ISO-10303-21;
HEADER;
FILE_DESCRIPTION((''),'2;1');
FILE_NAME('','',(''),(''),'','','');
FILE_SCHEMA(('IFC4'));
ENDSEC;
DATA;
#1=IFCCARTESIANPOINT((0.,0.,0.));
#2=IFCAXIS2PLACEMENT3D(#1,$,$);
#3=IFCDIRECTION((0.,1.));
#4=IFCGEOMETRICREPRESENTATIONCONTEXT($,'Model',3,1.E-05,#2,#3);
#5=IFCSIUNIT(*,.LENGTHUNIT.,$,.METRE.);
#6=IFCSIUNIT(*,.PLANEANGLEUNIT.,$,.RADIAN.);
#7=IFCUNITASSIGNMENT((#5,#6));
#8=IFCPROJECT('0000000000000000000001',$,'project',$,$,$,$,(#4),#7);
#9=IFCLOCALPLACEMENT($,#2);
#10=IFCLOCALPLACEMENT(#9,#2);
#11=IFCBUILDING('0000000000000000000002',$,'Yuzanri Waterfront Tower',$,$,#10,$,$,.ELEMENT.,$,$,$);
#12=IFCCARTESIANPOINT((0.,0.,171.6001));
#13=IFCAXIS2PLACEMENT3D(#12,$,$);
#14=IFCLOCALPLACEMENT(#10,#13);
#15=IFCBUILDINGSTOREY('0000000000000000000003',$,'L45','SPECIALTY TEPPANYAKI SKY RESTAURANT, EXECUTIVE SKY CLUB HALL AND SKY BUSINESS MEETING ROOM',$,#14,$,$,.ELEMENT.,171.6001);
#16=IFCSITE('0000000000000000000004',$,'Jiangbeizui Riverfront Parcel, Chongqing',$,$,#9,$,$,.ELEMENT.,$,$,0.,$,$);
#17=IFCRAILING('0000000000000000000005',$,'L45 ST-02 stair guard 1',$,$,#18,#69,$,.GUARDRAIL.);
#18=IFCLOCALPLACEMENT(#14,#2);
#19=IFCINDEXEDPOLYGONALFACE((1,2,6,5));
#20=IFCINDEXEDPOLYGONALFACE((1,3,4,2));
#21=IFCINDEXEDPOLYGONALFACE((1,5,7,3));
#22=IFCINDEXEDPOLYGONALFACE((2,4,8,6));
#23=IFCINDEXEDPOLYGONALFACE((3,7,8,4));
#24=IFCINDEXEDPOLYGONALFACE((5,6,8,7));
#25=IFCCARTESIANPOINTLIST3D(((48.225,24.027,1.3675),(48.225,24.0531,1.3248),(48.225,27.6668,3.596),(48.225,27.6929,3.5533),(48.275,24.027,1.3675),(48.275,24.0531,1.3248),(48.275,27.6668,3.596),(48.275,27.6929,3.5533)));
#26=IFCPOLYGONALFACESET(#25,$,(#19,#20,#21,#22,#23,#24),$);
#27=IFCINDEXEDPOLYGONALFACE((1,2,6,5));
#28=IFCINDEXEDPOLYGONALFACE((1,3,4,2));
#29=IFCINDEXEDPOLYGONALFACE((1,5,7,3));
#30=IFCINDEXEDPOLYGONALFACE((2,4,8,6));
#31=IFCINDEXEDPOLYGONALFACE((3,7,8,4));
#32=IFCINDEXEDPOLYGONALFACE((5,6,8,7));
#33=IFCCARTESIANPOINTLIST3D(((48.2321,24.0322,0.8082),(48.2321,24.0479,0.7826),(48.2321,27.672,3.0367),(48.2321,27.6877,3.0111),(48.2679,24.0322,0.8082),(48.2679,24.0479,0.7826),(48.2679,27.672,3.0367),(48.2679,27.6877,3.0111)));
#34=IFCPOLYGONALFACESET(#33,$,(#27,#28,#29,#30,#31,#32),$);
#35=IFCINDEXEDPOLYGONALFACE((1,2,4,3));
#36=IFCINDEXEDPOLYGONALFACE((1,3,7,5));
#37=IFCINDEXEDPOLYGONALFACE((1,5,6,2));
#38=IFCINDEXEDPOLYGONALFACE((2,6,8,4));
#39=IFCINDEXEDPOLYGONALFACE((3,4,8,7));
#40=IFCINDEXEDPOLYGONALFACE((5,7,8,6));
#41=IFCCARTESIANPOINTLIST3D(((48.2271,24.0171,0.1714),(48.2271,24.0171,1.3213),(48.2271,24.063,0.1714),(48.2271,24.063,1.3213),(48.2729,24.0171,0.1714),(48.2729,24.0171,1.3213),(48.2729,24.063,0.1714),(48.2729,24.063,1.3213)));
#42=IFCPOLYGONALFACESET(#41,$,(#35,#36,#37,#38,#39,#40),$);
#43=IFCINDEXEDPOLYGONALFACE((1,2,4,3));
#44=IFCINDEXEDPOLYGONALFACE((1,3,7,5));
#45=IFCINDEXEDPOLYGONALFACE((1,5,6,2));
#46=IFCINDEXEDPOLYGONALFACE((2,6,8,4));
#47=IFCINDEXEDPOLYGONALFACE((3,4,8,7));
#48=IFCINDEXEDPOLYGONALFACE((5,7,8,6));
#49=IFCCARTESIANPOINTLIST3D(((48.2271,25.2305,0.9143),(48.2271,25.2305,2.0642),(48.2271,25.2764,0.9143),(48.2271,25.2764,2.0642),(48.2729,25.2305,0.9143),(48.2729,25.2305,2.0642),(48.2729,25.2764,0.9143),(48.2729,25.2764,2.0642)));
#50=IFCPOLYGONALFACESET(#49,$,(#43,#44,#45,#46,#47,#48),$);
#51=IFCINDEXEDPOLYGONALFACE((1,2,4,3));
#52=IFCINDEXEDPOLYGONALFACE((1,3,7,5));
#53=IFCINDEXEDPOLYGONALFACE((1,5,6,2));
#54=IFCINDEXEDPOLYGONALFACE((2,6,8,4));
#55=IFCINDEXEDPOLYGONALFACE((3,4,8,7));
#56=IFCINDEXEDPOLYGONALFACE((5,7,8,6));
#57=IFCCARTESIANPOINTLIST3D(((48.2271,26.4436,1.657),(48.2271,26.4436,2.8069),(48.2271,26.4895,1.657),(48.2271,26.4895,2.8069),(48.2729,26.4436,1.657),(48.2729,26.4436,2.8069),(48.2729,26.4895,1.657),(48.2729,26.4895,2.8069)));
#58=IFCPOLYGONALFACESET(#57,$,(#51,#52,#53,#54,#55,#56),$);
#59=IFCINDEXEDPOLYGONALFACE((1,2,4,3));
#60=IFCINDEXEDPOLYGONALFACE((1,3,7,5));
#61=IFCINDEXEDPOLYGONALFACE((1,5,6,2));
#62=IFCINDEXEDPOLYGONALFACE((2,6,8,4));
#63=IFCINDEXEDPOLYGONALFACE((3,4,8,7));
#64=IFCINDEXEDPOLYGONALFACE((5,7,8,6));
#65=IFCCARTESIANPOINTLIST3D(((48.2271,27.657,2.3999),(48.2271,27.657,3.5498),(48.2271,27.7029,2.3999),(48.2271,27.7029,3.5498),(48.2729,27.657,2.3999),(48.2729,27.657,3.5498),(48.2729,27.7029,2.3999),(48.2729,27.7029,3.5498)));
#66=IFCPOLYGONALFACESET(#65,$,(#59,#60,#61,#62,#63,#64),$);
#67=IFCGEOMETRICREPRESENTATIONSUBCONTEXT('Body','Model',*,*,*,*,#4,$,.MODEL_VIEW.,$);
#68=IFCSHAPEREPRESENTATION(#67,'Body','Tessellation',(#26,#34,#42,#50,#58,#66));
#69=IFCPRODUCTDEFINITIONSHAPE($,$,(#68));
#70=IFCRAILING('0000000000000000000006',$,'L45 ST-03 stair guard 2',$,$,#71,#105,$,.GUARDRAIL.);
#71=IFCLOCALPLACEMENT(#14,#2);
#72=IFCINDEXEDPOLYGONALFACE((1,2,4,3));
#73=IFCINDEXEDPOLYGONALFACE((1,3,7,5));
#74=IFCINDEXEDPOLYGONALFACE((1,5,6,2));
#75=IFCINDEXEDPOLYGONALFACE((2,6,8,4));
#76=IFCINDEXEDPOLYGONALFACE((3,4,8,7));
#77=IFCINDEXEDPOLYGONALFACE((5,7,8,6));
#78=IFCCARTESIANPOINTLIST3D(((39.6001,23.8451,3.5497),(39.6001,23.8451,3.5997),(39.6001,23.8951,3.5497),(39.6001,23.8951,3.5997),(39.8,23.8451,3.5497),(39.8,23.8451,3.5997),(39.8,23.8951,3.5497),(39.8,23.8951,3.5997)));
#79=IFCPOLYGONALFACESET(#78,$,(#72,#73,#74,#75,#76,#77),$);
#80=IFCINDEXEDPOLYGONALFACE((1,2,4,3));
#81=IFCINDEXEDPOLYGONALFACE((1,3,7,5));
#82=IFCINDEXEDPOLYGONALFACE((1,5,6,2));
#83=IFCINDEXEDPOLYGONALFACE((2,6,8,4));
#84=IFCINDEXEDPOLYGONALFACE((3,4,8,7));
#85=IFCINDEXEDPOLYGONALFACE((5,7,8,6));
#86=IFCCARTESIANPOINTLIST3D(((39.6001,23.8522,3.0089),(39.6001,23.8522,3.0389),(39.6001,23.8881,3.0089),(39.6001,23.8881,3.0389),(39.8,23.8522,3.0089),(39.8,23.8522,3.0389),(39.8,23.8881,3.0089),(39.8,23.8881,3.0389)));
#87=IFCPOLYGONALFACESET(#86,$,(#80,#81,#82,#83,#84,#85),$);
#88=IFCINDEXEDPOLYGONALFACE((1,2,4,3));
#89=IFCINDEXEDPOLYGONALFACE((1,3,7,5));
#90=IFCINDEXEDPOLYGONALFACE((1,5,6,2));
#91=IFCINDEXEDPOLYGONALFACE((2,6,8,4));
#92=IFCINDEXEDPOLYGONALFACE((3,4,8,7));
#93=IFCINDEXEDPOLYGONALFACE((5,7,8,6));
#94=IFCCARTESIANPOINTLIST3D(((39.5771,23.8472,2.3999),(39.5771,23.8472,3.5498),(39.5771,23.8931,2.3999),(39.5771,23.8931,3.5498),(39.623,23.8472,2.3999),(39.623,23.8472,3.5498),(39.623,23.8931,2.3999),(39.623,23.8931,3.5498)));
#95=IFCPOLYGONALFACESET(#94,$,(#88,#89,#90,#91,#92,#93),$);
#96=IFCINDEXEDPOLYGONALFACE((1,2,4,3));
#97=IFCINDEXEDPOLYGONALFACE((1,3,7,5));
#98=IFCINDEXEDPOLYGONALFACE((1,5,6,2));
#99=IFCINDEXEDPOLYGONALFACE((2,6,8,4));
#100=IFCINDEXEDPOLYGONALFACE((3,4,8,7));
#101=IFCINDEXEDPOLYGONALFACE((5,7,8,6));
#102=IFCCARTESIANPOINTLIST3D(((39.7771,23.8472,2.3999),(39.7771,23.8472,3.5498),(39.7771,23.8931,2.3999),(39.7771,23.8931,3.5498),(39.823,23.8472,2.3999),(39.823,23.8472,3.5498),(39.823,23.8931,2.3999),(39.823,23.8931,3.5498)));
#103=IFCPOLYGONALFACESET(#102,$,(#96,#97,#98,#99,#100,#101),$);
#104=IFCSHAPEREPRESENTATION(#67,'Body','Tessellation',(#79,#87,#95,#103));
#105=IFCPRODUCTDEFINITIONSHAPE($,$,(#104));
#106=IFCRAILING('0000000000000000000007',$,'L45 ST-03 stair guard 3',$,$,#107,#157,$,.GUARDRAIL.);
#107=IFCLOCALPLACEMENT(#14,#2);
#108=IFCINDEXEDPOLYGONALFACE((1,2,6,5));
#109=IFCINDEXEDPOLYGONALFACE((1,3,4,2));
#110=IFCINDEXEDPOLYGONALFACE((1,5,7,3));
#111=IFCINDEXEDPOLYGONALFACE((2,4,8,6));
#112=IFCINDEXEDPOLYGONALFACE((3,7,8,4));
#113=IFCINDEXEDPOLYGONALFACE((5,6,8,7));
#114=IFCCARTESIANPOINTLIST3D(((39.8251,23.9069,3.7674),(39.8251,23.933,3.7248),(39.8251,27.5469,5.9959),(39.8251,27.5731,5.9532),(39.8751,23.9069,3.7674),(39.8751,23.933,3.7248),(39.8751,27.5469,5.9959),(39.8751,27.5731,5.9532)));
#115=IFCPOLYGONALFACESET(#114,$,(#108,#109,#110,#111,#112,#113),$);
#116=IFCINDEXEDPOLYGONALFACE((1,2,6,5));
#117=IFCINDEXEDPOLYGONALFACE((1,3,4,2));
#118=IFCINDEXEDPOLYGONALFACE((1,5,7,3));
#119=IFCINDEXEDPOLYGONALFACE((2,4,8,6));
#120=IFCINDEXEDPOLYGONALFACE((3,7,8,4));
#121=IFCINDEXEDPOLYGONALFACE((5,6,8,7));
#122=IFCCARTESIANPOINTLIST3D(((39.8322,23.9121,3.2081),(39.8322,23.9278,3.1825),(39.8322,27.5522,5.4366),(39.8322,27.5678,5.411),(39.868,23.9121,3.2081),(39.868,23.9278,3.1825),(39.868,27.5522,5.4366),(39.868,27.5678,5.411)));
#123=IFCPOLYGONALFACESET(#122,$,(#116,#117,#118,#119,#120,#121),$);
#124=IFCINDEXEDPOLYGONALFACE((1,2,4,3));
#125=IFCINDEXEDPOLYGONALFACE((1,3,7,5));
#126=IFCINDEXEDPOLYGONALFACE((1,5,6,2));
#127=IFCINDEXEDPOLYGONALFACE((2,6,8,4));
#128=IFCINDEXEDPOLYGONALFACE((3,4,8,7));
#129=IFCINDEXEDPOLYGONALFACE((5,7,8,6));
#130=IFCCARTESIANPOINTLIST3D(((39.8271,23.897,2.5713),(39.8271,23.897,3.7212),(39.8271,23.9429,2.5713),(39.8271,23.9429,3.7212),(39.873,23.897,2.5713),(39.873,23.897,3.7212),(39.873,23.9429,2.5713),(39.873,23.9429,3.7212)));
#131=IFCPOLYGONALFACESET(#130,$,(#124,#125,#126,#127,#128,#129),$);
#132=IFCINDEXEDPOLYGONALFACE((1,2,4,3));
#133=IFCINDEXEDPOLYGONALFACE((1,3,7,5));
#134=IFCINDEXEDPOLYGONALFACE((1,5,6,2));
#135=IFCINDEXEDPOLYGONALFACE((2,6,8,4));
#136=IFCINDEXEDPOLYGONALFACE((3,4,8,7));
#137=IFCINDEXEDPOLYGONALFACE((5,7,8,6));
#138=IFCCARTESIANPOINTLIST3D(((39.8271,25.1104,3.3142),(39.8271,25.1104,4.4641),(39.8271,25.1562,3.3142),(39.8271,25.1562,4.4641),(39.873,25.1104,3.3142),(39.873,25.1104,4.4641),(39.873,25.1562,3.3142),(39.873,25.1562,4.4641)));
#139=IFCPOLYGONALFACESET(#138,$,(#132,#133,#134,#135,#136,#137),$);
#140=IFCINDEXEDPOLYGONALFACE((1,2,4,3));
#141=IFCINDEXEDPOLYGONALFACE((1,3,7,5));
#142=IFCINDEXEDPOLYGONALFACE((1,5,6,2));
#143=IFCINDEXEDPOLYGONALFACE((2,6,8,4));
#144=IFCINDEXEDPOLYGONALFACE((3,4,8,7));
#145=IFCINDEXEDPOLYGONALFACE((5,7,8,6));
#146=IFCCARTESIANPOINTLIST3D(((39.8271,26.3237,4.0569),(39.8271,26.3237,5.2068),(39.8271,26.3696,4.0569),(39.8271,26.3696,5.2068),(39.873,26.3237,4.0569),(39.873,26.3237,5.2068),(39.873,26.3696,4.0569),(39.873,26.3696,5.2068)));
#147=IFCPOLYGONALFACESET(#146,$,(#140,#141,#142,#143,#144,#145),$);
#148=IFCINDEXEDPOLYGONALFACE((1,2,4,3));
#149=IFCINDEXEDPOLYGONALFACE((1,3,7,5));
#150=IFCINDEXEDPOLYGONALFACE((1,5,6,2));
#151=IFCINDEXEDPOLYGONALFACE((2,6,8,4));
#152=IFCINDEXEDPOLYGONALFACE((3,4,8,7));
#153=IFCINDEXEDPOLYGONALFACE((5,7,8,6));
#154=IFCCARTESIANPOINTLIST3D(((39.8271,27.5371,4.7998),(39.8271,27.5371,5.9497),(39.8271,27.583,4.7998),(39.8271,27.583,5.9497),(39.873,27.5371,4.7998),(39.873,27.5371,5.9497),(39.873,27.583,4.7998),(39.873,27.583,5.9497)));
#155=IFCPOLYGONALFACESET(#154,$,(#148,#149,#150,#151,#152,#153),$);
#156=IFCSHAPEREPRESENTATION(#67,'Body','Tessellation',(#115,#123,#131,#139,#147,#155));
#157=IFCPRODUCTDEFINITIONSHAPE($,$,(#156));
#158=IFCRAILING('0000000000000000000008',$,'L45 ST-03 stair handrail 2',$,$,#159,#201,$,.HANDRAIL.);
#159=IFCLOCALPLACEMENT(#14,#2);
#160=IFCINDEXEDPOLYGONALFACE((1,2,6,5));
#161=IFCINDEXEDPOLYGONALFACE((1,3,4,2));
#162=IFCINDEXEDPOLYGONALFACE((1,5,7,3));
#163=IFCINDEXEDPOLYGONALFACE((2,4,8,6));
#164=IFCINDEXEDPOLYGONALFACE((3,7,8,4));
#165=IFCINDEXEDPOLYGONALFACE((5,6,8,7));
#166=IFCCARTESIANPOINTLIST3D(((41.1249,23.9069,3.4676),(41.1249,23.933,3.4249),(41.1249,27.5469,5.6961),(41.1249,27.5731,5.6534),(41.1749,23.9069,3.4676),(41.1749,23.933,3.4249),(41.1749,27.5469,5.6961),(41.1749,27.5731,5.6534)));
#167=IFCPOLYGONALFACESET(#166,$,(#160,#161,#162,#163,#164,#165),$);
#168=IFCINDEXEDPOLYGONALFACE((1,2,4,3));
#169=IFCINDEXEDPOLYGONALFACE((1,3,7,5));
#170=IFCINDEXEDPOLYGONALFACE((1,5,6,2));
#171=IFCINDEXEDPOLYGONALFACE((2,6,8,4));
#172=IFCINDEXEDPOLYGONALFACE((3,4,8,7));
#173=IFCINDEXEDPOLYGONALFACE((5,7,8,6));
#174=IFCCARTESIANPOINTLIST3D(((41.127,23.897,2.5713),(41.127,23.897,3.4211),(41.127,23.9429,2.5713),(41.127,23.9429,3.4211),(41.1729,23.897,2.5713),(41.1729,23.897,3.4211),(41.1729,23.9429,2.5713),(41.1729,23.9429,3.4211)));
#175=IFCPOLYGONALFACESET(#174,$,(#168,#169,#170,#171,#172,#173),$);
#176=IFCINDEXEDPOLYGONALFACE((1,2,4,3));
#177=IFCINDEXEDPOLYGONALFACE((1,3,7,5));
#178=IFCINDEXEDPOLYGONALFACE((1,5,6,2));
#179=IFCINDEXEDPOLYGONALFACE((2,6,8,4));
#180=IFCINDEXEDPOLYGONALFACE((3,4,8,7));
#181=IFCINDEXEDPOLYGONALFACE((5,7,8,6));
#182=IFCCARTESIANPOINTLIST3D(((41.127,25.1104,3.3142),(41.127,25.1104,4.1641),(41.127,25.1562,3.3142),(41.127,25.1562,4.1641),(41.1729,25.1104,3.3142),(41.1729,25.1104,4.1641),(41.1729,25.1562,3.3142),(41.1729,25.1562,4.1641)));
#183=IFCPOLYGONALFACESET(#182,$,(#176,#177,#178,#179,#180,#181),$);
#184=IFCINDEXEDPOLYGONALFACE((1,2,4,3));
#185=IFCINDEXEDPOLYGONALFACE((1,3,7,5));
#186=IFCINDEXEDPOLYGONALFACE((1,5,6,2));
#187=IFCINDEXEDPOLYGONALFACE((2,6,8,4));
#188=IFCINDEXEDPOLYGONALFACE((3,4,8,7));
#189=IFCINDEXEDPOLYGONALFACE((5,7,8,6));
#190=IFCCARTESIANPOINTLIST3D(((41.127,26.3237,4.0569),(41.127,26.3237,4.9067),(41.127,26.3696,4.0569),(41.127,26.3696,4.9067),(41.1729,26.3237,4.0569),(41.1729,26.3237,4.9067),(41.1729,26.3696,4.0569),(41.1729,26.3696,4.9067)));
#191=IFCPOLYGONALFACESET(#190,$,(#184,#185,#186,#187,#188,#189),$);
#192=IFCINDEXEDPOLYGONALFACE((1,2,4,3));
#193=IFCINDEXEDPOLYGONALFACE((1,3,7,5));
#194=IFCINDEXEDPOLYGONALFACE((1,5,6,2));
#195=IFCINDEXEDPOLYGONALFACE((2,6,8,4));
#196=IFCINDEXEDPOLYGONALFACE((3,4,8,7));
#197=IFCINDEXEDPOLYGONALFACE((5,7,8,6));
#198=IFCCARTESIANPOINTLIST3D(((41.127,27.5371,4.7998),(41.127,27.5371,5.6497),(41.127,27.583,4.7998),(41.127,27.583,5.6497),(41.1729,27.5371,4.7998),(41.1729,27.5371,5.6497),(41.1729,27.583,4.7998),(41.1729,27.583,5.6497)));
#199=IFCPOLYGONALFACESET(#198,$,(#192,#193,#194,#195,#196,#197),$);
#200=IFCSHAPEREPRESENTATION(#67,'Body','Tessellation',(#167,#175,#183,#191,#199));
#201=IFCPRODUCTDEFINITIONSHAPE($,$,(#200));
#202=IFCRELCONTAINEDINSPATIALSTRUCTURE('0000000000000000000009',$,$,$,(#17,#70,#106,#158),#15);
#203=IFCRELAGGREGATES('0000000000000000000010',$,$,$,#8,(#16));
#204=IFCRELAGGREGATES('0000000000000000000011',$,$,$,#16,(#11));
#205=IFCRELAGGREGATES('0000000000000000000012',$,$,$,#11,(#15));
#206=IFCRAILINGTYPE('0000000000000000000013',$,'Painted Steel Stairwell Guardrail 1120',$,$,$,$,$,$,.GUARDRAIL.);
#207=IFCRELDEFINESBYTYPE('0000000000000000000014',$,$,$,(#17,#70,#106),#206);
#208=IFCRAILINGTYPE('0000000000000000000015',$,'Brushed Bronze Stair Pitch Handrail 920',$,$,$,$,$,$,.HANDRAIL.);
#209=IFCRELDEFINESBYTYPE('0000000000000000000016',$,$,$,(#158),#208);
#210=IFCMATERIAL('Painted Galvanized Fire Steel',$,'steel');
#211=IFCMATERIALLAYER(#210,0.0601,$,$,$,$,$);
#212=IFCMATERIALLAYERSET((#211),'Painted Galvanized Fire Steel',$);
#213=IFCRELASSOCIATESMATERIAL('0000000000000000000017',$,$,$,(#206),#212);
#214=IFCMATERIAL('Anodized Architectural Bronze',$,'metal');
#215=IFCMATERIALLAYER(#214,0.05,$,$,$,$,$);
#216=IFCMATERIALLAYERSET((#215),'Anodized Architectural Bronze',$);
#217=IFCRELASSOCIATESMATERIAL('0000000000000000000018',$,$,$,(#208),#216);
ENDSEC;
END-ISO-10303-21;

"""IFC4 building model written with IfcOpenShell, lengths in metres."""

from ifc_helpers import new_model, si_unit, direction, frame, origin, origin_2d, place, context, subcontext, project, spatial, rectangle, extrude, source, transform, mapped, material, layer, layer_set, type_object, element, save


model = new_model("IFC4")

# Units and contexts
model_context = context("Model", 3, precision=1e-05, world=origin(), true_north=direction((0.0, 1.0)))
body_context = subcontext(model_context, "Body", "Model", "MODEL_VIEW")
ifc_project = project(units=[si_unit("LENGTHUNIT", "METRE"), si_unit("PLANEANGLEUNIT", "RADIAN")], contexts=[model_context])

# Site, building, storey
site_placement = place(None, origin())
site = spatial("IfcSite", under=ifc_project, at=site_placement, Name="Jiangbeizui Riverfront Parcel, Chongqing", CompositionType="ELEMENT", RefElevation=0.0)
building_placement = place(site_placement, origin())
building = spatial("IfcBuilding", under=site, at=building_placement, Name="Yuzanri Waterfront Tower", CompositionType="ELEMENT")
storey_placement = place(building_placement, frame((0.0, 0.0, 171.6001)))
storey = spatial("IfcBuildingStorey", under=building, at=storey_placement, Name="L45", Description="SPECIALTY TEPPANYAKI SKY RESTAURANT, EXECUTIVE SKY CLUB HALL AND SKY BUSINESS MEETING ROOM", CompositionType="ELEMENT", Elevation=171.6001)

# Railings
ifc_material_1 = material(Name="Painted Galvanized Fire Steel", Category="steel")
ifc_layer_1 = layer(ifc_material_1, 0.0601)
ifc_layer_set_1 = layer_set([ifc_layer_1], Name="Painted Galvanized Fire Steel")
railing_type_1 = type_object("IfcRailingType", Name="Painted Steel Stairwell Guardrail 1120", PredefinedType="GUARDRAIL", material=ifc_layer_set_1)
shared_shape_1 = source(origin(), body_context, "Body", "SweptSolid", [
    extrude(rectangle(XDim=0.05, YDim=0.05, at=origin_2d()), frame((0.0, 0.0, 1.1748), z_axis=(0.0, 0.85285, 0.522156), x_axis=(-1.0, 0.0, 0.0)), (0.0, 0.0, 1.0), 4.2678),
    extrude(rectangle(XDim=0.0359, YDim=0.03, at=origin_2d()), frame((0.0, 0.0, 0.624), z_axis=(0.0, 0.85285, 0.522156), x_axis=(-1.0, 0.0, 0.0)), (0.0, 0.0, 1.0), 4.2678),
    extrude(rectangle(XDim=0.0459, YDim=0.0459, at=origin_2d()), origin(), (0.0, 0.0, 1.0), 1.1499),
    extrude(rectangle(XDim=0.0459, YDim=0.0459, at=origin_2d()), frame((0.0, 1.2134, 0.7429)), (0.0, 0.0, 1.0), 1.1499),
    extrude(rectangle(XDim=0.0459, YDim=0.0459, at=origin_2d()), frame((0.0, 2.4265, 1.4856)), (0.0, 0.0, 1.0), 1.1499),
    extrude(rectangle(XDim=0.0459, YDim=0.0459, at=origin_2d()), frame((0.0, 3.6399, 2.2285)), (0.0, 0.0, 1.0), 1.1499),
])
railing_1_placement = place(storey_placement, frame((48.25, 24.04, 0.1714)))
element("IfcRailing", 1, at=railing_1_placement, inside=storey, type_object=railing_type_1, Name="L45 ST-02 stair guard 1", PredefinedType="GUARDRAIL", context=body_context, shape_type="MappedRepresentation", body=[
    mapped(shared_shape_1, transform((0.0, 0.0, 0.0), scale=1.0)),
])
shared_shape_2 = source(origin(), body_context, "Body", "SweptSolid", [
    extrude(rectangle(XDim=0.05, YDim=0.05, at=origin_2d()), frame((0.0, 0.0, 1.1748), z_axis=(1.0, 0.0, 0.0), x_axis=(0.0, 1.0, 0.0)), (0.0, 0.0, 1.0), 0.2),
    extrude(rectangle(XDim=0.0359, YDim=0.03, at=origin_2d()), frame((0.0, 0.0, 0.624), z_axis=(1.0, 0.0, 0.0), x_axis=(0.0, 1.0, 0.0)), (0.0, 0.0, 1.0), 0.2),
    extrude(rectangle(XDim=0.0459, YDim=0.0459, at=origin_2d()), origin(), (0.0, 0.0, 1.0), 1.1499),
    extrude(rectangle(XDim=0.0459, YDim=0.0459, at=origin_2d()), frame((0.2, 0.0, 0.0)), (0.0, 0.0, 1.0), 1.1499),
])
railing_2_placement = place(storey_placement, frame((39.6001, 23.8701, 2.3999)))
element("IfcRailing", 2, at=railing_2_placement, inside=storey, type_object=railing_type_1, Name="L45 ST-03 stair guard 2", PredefinedType="GUARDRAIL", context=body_context, shape_type="MappedRepresentation", body=[
    mapped(shared_shape_2, transform((0.0, 0.0, 0.0), scale=1.0)),
])
shared_shape_3 = source(origin(), body_context, "Body", "SweptSolid", [
    extrude(rectangle(XDim=0.05, YDim=0.05, at=origin_2d()), frame((0.0, 0.0, 1.1748), z_axis=(0.0, 0.852866, 0.52213), x_axis=(-1.0, 0.0, 0.0)), (0.0, 0.0, 1.0), 4.2681),
    extrude(rectangle(XDim=0.0359, YDim=0.03, at=origin_2d()), frame((0.0, 0.0, 0.624), z_axis=(0.0, 0.852866, 0.52213), x_axis=(-1.0, 0.0, 0.0)), (0.0, 0.0, 1.0), 4.2681),
    extrude(rectangle(XDim=0.0459, YDim=0.0459, at=origin_2d()), origin(), (0.0, 0.0, 1.0), 1.1499),
    extrude(rectangle(XDim=0.0459, YDim=0.0459, at=origin_2d()), frame((0.0, 1.2134, 0.7429)), (0.0, 0.0, 1.0), 1.1499),
    extrude(rectangle(XDim=0.0459, YDim=0.0459, at=origin_2d()), frame((0.0, 2.4268, 1.4856)), (0.0, 0.0, 1.0), 1.1499),
    extrude(rectangle(XDim=0.0459, YDim=0.0459, at=origin_2d()), frame((0.0, 3.6401, 2.2285)), (0.0, 0.0, 1.0), 1.1499),
])
railing_3_placement = place(storey_placement, frame((39.8501, 23.9199, 2.5713)))
element("IfcRailing", 3, at=railing_3_placement, inside=storey, type_object=railing_type_1, Name="L45 ST-03 stair guard 3", PredefinedType="GUARDRAIL", context=body_context, shape_type="MappedRepresentation", body=[
    mapped(shared_shape_3, transform((0.0, 0.0, 0.0), scale=1.0)),
])
ifc_material_2 = material(Name="Anodized Architectural Bronze", Category="metal")
ifc_layer_2 = layer(ifc_material_2, 0.05)
ifc_layer_set_2 = layer_set([ifc_layer_2], Name="Anodized Architectural Bronze")
railing_type_2 = type_object("IfcRailingType", Name="Brushed Bronze Stair Pitch Handrail 920", PredefinedType="HANDRAIL", material=ifc_layer_set_2)
shared_shape_4 = source(origin(), body_context, "Body", "SweptSolid", [
    extrude(rectangle(XDim=0.05, YDim=0.05, at=origin_2d()), frame((0.0, 0.0, 0.875), z_axis=(0.0, 0.852866, 0.52213), x_axis=(-1.0, 0.0, 0.0)), (0.0, 0.0, 1.0), 4.2681),
    extrude(rectangle(XDim=0.0459, YDim=0.0459, at=origin_2d()), origin(), (0.0, 0.0, 1.0), 0.8499),
    extrude(rectangle(XDim=0.0459, YDim=0.0459, at=origin_2d()), frame((0.0, 1.2134, 0.7429)), (0.0, 0.0, 1.0), 0.8499),
    extrude(rectangle(XDim=0.0459, YDim=0.0459, at=origin_2d()), frame((0.0, 2.4268, 1.4856)), (0.0, 0.0, 1.0), 0.8499),
    extrude(rectangle(XDim=0.0459, YDim=0.0459, at=origin_2d()), frame((0.0, 3.6401, 2.2285)), (0.0, 0.0, 1.0), 0.8499),
])
railing_4_placement = place(storey_placement, frame((41.1499, 23.9199, 2.5713)))
element("IfcRailing", 4, at=railing_4_placement, inside=storey, type_object=railing_type_2, Name="L45 ST-03 stair handrail 2", PredefinedType="HANDRAIL", context=body_context, shape_type="MappedRepresentation", body=[
    mapped(shared_shape_4, transform((0.0, 0.0, 0.0), scale=1.0)),
])

save(model, "model.ifc")
